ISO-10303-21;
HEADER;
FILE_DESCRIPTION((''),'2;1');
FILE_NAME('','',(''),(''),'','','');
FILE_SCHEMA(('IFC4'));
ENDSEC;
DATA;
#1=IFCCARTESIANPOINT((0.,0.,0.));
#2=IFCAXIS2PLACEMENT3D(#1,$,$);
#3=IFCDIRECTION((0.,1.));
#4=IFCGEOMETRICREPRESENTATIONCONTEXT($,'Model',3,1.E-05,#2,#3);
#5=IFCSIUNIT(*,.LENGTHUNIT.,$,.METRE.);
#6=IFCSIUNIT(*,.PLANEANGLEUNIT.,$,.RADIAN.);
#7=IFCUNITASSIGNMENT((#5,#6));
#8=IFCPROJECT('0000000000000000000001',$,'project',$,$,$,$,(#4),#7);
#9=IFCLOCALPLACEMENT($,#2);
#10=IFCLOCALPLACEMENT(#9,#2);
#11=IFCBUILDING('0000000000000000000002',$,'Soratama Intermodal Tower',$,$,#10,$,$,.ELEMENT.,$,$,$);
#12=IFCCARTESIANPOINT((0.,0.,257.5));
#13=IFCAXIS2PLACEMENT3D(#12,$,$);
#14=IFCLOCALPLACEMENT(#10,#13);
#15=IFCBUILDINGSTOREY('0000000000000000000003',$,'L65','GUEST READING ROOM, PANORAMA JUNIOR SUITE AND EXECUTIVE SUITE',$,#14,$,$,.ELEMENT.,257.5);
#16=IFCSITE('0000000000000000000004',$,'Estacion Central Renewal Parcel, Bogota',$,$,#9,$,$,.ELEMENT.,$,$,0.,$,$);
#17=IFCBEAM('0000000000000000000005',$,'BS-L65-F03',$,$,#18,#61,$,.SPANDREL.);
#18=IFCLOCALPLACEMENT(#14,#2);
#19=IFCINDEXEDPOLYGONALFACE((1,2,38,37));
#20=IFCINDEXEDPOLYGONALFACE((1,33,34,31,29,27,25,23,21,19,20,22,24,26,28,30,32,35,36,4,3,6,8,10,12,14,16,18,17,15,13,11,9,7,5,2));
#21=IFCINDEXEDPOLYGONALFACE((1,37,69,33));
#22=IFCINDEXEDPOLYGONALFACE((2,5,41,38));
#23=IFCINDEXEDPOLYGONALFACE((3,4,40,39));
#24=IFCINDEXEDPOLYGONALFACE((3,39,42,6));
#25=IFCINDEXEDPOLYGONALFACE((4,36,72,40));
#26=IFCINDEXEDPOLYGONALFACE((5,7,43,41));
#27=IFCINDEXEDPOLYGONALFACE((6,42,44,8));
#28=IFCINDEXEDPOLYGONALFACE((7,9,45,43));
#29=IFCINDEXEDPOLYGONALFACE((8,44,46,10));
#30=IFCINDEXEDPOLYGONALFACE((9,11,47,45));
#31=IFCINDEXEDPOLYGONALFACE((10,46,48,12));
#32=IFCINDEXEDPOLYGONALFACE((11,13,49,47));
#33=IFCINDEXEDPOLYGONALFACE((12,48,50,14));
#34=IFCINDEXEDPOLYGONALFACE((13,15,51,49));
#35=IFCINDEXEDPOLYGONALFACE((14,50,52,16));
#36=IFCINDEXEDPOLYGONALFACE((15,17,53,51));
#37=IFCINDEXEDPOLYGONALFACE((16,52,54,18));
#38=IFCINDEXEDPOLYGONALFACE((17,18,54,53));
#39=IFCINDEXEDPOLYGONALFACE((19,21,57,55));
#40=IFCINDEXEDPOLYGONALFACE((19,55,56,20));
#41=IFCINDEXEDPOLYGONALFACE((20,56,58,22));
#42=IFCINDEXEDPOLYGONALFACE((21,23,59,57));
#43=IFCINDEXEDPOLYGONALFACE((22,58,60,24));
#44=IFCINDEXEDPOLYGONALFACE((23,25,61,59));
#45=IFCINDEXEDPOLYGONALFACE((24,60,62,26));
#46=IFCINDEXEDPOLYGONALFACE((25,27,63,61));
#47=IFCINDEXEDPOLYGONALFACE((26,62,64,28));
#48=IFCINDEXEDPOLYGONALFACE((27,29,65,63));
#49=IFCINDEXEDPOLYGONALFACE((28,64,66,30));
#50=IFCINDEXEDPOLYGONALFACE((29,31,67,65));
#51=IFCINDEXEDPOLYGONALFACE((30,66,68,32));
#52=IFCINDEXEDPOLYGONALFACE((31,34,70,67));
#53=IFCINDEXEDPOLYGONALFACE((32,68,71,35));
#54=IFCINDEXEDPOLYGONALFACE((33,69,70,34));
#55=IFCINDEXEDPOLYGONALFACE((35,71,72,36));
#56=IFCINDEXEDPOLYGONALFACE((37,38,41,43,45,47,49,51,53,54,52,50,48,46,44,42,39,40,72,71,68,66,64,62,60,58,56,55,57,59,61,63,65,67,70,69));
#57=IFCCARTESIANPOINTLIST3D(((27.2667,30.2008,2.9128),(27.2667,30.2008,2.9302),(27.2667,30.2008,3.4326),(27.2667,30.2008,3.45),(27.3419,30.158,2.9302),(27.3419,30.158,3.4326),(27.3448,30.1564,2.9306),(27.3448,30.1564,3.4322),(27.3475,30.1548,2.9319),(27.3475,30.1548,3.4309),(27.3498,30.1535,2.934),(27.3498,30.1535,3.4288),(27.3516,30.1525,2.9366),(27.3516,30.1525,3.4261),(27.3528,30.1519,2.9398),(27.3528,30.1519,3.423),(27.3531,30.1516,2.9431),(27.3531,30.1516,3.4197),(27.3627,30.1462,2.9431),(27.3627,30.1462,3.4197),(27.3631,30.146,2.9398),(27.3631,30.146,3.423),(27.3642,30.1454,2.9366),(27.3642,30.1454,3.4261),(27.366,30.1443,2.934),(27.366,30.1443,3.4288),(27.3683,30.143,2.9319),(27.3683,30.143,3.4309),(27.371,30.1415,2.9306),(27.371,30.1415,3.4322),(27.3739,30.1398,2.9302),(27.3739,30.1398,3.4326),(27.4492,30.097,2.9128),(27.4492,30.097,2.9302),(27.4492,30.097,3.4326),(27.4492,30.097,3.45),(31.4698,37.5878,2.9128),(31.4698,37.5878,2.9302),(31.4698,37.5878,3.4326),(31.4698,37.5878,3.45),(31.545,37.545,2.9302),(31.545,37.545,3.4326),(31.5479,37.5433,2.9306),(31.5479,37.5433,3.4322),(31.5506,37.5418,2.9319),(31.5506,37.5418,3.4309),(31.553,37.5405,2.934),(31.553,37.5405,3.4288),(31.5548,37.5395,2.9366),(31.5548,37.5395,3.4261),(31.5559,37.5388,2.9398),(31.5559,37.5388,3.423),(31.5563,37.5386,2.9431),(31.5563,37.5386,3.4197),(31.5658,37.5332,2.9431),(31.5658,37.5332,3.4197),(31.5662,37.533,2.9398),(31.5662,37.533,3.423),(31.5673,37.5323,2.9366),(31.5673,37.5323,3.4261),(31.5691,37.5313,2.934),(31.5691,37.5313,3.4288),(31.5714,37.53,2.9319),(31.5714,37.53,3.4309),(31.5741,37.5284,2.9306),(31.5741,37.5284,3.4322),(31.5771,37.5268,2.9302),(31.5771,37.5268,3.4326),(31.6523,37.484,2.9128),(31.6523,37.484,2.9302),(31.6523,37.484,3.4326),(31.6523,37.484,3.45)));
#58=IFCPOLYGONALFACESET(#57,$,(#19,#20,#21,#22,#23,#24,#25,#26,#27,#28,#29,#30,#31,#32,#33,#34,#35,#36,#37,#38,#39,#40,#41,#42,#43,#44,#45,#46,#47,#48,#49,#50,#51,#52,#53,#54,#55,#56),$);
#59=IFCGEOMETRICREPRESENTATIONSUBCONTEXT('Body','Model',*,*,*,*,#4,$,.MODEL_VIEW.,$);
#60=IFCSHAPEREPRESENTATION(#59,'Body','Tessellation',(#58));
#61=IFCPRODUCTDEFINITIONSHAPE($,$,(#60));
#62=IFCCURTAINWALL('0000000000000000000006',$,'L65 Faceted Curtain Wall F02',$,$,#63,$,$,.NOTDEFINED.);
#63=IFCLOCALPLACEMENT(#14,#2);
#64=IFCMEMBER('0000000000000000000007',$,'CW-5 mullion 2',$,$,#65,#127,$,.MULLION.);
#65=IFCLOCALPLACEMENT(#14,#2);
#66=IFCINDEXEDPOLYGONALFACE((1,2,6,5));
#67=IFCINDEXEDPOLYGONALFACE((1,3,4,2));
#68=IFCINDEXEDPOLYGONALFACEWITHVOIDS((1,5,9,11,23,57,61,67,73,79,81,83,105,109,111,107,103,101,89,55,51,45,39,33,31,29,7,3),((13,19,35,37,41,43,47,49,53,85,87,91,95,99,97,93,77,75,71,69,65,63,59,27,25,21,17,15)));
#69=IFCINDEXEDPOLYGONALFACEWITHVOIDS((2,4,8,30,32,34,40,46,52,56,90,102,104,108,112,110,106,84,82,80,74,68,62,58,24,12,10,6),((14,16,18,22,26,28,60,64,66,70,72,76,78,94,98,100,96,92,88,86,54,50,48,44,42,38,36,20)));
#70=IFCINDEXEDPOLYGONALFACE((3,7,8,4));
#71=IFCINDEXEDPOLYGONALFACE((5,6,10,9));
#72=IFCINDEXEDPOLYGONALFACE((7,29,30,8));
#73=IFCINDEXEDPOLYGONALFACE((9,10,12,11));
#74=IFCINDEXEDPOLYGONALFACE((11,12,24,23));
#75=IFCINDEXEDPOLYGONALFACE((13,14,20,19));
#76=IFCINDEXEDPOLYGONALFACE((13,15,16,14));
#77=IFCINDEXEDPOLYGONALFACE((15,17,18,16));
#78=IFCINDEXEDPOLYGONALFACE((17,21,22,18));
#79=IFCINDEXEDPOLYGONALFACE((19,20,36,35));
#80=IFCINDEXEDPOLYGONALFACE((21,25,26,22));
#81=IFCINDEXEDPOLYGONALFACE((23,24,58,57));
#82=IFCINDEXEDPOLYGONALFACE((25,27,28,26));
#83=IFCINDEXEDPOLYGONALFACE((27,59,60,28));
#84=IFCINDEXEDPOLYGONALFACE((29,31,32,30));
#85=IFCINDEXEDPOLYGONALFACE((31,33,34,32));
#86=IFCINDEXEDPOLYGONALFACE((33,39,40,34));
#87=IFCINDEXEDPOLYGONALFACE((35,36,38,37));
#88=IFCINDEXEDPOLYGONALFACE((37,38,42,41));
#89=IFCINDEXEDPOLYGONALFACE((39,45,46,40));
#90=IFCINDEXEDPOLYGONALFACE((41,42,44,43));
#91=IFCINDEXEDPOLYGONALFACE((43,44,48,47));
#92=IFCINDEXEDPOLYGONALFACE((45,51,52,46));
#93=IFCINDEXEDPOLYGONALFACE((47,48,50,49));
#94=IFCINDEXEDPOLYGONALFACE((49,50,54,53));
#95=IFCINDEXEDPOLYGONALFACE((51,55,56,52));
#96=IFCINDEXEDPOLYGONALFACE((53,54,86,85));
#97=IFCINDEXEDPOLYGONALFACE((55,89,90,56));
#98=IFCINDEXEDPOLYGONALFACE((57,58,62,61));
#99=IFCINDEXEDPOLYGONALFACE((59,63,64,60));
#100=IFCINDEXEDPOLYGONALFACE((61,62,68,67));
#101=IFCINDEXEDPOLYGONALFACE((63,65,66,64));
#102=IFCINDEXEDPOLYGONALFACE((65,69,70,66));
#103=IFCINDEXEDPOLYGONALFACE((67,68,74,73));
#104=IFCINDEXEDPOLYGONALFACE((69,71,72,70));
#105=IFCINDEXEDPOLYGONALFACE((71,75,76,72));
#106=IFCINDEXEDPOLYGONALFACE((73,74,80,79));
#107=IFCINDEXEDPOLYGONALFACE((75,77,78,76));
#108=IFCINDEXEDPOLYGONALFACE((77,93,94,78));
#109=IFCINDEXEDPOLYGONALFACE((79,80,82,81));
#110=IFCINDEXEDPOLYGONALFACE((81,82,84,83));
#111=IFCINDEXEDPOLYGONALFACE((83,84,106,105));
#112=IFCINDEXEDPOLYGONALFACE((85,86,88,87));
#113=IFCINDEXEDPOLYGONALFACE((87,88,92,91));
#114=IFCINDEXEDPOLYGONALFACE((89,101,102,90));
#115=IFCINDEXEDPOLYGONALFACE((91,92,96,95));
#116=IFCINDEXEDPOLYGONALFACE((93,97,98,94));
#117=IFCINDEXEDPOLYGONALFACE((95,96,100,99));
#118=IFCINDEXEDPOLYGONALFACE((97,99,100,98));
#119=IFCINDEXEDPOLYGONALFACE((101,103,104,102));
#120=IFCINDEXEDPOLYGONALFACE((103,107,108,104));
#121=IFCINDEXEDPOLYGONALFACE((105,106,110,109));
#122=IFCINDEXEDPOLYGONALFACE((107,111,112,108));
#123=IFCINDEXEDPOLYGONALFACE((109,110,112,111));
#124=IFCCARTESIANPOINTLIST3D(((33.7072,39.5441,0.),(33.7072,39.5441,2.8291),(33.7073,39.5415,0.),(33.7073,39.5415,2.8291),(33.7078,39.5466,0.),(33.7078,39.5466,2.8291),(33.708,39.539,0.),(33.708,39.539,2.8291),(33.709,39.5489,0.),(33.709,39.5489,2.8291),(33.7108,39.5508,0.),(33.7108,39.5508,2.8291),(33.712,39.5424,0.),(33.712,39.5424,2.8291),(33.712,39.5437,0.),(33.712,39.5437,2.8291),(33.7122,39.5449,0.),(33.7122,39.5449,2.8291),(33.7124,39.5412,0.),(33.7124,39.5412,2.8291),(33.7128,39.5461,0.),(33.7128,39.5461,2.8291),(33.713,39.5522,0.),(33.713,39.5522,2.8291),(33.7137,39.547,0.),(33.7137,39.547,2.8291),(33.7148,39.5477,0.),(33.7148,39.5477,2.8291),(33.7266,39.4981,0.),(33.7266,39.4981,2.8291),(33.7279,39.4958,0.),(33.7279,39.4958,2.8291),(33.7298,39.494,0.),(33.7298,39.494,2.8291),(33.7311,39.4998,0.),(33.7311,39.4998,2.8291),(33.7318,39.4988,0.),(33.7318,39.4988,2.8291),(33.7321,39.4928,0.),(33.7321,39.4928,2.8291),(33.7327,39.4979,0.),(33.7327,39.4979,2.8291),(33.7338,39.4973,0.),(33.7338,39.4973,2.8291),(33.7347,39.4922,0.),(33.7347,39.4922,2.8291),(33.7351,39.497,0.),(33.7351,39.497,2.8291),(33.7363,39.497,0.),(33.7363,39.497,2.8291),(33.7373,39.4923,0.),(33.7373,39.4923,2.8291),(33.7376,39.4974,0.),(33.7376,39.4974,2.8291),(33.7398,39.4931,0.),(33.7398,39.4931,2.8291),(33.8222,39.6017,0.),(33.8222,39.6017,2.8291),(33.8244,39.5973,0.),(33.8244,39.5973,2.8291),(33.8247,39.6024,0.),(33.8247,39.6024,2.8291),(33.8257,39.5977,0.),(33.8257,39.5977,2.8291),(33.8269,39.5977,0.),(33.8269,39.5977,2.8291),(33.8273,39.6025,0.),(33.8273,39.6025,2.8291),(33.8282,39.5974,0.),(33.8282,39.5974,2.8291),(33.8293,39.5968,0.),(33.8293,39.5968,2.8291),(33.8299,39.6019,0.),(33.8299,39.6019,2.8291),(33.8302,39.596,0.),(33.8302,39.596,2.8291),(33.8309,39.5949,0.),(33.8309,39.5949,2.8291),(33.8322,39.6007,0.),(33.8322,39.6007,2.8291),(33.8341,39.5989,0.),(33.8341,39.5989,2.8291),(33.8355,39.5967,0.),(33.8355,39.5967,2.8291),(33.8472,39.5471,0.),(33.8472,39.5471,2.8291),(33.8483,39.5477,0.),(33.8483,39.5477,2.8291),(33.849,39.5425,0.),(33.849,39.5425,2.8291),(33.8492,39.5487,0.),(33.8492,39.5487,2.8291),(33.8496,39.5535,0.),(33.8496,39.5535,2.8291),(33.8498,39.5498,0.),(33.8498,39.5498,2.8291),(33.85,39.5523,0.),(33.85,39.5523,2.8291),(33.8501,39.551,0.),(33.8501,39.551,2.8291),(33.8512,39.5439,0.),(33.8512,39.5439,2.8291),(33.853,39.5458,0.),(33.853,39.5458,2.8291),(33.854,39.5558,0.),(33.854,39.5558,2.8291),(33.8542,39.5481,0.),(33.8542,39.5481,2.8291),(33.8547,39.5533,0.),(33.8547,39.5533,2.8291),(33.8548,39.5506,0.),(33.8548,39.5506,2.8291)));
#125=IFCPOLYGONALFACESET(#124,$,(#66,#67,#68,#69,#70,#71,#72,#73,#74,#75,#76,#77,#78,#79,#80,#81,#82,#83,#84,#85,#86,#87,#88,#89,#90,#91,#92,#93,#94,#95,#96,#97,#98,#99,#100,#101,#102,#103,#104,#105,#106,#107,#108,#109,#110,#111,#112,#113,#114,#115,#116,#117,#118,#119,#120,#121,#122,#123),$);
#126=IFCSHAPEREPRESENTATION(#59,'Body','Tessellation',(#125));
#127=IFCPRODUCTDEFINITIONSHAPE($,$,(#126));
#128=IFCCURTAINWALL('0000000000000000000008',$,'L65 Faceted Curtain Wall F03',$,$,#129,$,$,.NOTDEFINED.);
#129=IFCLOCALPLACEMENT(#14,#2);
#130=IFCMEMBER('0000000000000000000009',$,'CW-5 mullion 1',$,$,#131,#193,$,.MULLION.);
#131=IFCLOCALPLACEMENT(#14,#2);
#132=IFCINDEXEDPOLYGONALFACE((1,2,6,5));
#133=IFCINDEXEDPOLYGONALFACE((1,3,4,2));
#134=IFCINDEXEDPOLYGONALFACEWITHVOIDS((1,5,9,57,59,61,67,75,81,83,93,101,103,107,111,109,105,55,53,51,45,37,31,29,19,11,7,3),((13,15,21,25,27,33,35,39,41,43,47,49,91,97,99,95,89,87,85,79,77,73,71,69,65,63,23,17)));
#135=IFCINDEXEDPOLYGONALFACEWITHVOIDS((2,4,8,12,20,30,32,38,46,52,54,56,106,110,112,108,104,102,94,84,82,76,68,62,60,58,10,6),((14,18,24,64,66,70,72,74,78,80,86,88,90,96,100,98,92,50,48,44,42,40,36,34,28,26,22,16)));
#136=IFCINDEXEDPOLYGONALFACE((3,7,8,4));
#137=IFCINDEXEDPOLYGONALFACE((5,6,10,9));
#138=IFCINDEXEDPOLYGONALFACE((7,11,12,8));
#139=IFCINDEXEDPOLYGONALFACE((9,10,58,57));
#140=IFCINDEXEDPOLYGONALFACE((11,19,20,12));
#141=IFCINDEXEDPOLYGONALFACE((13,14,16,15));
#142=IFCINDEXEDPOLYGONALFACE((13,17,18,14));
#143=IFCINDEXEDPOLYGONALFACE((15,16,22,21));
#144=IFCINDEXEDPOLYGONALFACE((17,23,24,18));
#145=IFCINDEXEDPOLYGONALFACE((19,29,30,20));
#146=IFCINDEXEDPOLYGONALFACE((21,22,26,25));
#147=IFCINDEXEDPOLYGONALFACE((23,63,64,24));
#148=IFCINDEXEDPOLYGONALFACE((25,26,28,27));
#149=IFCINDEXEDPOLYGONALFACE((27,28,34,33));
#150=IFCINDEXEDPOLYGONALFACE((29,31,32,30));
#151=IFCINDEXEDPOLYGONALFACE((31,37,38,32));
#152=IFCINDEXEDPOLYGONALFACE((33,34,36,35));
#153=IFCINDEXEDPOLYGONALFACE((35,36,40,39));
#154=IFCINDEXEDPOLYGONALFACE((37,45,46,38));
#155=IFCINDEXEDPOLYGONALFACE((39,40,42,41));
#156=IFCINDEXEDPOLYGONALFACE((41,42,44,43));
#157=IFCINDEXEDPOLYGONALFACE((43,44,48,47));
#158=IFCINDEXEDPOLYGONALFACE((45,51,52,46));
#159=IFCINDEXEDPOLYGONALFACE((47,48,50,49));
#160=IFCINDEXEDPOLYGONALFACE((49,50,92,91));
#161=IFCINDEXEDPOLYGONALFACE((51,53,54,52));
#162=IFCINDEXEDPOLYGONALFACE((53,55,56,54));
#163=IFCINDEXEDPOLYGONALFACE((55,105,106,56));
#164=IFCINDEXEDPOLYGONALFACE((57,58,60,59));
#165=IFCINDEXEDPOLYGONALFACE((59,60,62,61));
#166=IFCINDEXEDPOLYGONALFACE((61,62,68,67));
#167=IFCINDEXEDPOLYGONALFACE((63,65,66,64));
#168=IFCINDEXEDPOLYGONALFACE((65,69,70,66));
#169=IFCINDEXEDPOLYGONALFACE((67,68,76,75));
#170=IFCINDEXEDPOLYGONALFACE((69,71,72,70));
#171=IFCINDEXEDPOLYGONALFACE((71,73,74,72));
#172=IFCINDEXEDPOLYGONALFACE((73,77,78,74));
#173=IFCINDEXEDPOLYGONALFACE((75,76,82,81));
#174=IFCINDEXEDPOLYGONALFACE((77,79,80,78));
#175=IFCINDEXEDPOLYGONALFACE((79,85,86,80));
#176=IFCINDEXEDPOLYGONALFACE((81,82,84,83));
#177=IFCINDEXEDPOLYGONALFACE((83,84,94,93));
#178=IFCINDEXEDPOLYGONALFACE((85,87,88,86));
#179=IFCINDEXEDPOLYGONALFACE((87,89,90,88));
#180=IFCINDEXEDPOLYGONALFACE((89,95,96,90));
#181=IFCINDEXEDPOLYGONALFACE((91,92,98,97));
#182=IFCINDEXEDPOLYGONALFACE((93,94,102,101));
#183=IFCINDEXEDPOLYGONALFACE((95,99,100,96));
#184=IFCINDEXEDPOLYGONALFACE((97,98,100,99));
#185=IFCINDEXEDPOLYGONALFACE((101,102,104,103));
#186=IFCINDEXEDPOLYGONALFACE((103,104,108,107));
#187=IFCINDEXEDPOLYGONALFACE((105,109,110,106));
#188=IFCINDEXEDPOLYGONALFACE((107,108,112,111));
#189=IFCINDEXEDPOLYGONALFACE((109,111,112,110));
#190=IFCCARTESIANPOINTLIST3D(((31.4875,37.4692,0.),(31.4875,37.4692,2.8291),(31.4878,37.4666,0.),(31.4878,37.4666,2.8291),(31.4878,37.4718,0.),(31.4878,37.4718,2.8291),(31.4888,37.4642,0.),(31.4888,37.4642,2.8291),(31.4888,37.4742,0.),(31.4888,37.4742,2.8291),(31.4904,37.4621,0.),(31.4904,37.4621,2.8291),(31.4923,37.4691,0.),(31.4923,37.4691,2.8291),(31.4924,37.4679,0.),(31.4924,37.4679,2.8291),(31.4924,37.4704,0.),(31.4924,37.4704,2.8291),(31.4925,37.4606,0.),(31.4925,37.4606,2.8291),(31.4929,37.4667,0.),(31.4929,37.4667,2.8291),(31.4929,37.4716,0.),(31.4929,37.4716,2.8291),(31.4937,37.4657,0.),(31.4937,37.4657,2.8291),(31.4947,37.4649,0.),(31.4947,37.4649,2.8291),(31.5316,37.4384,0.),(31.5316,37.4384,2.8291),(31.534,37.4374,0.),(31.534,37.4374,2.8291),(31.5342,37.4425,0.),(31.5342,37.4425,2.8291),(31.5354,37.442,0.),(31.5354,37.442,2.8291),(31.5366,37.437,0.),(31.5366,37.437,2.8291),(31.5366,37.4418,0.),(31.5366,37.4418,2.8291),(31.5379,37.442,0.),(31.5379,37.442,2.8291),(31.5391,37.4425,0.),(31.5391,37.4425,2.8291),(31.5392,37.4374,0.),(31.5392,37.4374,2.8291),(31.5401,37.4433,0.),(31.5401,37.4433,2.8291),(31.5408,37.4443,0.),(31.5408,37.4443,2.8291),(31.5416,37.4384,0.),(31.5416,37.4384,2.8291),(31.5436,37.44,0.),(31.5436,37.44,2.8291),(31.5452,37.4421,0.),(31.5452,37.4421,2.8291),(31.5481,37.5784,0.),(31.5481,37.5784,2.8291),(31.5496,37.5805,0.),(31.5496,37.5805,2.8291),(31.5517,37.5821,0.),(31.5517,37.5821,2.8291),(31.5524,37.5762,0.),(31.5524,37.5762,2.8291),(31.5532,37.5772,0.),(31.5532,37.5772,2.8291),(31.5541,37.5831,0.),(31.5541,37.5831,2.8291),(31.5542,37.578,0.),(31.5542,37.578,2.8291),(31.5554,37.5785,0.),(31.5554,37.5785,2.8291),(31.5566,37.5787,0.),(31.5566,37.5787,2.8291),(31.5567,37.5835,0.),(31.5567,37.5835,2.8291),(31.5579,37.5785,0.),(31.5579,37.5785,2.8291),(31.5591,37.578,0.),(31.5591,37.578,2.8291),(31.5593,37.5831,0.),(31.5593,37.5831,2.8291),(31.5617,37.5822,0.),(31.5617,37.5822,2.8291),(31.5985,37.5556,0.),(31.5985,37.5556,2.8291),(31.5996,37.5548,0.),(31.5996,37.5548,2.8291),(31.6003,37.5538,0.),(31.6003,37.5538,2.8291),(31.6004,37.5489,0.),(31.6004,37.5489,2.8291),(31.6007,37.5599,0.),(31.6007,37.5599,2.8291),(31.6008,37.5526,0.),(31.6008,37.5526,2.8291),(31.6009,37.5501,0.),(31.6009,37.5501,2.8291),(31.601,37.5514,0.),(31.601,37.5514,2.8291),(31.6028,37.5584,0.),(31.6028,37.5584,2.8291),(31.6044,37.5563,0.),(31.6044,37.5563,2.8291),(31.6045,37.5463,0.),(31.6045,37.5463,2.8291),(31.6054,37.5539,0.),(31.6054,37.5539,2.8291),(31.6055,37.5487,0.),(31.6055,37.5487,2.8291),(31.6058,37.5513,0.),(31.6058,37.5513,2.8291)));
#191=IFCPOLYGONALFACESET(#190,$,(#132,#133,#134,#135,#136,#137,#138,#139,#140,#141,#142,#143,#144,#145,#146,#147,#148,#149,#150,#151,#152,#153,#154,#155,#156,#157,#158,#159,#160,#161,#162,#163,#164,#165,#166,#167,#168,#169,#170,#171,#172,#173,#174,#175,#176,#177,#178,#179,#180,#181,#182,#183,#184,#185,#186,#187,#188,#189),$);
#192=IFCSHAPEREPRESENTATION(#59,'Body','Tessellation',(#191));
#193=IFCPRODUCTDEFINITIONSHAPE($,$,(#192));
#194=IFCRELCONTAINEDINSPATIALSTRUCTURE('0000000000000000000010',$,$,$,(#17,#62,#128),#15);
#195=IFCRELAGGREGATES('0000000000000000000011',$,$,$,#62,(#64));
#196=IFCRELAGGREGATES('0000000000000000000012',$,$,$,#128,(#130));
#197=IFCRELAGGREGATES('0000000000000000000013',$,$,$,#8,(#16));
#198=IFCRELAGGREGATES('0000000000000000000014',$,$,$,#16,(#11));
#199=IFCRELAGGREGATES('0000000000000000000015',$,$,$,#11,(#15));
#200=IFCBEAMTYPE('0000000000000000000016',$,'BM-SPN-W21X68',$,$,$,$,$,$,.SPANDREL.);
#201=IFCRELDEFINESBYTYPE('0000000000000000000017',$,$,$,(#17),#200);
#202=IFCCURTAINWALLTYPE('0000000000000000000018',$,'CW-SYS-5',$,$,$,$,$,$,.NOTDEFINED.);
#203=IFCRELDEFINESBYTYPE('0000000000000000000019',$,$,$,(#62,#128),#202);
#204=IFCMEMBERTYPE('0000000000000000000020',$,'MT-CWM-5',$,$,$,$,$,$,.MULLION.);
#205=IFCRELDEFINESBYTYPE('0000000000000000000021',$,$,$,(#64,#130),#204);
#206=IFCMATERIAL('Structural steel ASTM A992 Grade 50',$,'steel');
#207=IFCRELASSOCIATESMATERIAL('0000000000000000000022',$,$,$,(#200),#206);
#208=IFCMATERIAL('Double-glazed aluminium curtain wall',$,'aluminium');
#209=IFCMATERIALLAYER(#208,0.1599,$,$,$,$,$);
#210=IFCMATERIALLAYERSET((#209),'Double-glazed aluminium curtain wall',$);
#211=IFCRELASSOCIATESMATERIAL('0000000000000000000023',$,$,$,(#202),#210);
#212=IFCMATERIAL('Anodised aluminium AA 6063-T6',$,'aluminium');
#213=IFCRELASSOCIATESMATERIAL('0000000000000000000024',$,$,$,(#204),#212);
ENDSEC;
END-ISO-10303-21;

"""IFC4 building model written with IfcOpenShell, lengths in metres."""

from ifc_helpers import new_model, si_unit, direction, frame, origin, origin_2d, place, context, subcontext, project, spatial, hollow_rectangle, i_section, extrude, material, layer, layer_set, material_profile, profile_set, type_object, element, aggregate, save


model = new_model("IFC4")

# Units and contexts
model_context = context("Model", 3, precision=1e-05, world=origin(), true_north=direction((0.0, 1.0)))
body_context = subcontext(model_context, "Body", "Model", "MODEL_VIEW")
ifc_project = project(units=[si_unit("LENGTHUNIT", "METRE"), si_unit("PLANEANGLEUNIT", "RADIAN")], contexts=[model_context])

# Site, building, storey
site_placement = place(None, origin())
site = spatial("IfcSite", under=ifc_project, at=site_placement, Name="Estacion Central Renewal Parcel, Bogota", CompositionType="ELEMENT", RefElevation=0.0)
building_placement = place(site_placement, origin())
building = spatial("IfcBuilding", under=site, at=building_placement, Name="Soratama Intermodal Tower", CompositionType="ELEMENT")
storey_placement = place(building_placement, frame((0.0, 0.0, 257.5)))
storey = spatial("IfcBuildingStorey", under=building, at=storey_placement, Name="L65", Description="GUEST READING ROOM, PANORAMA JUNIOR SUITE AND EXECUTIVE SUITE", CompositionType="ELEMENT", Elevation=257.5)

# Beam
ifc_material_1 = material(Name="Structural steel ASTM A992 Grade 50", Category="steel")
ifc_material_profile_1 = material_profile(ifc_material_1, i_section(OverallWidth=0.21, OverallDepth=0.5371, WebThickness=0.011, FlangeThickness=0.0173, FilletRadius=0.0129, at=origin_2d()), Name="W21X68")
ifc_profile_set_1 = profile_set([ifc_material_profile_1], Name="Structural steel ASTM A992 Grade 50")
beam_type_1 = type_object("IfcBeamType", Name="BM-SPN-W21X68", PredefinedType="SPANDREL", material=ifc_profile_set_1)
beam_1_placement = place(storey_placement, frame((31.561, 37.5359, 3.1814), z_axis=(-0.494542, -0.869154, 0.0), x_axis=(0.869154, -0.494542, 0.0)))
element("IfcBeam", 1, at=beam_1_placement, inside=storey, type_object=beam_type_1, Name="BS-L65-F03", PredefinedType="SPANDREL", context=body_context, shape_type="SweptSolid", body=[
    extrude(i_section(OverallWidth=0.21, OverallDepth=0.5371, WebThickness=0.011, FlangeThickness=0.0173, FilletRadius=0.0129, at=origin_2d()), origin(), (0.0, 0.0, 1.0), 8.499),
])

# Curtain wall, member
ifc_material_2 = material(Name="Double-glazed aluminium curtain wall", Category="aluminium")
ifc_layer_1 = layer(ifc_material_2, 0.1599)
ifc_layer_set_1 = layer_set([ifc_layer_1], Name="Double-glazed aluminium curtain wall")
curtain_wall_type = type_object("IfcCurtainWallType", Name="CW-SYS-5", PredefinedType="NOTDEFINED", material=ifc_layer_set_1)
curtain_wall_1_placement = place(storey_placement, origin())
curtain_wall_1 = element("IfcCurtainWall", 2, at=curtain_wall_1_placement, inside=storey, type_object=curtain_wall_type, Name="L65 Faceted Curtain Wall F02", PredefinedType="NOTDEFINED")
ifc_material_3 = material(Name="Anodised aluminium AA 6063-T6", Category="aluminium")
ifc_material_profile_2 = material_profile(ifc_material_3, hollow_rectangle(XDim=0.0649, YDim=0.1399, WallThickness=0.0049, InnerFilletRadius=0.0049, OuterFilletRadius=0.01, at=origin_2d()), Name="CWM140X65X5")
ifc_profile_set_2 = profile_set([ifc_material_profile_2], Name="Anodised aluminium AA 6063-T6")
member_type_1 = type_object("IfcMemberType", Name="MT-CWM-5", PredefinedType="MULLION", material=ifc_profile_set_2)
member_1_placement = place(storey_placement, frame((33.781, 39.5474, 0.0), z_axis=(0.0, 0.0, 1.0), x_axis=(0.412468, -0.910972, 0.0)))
member_1 = element("IfcMember", 3, at=member_1_placement, type_object=member_type_1, Name="CW-5 mullion 2", PredefinedType="MULLION", context=body_context, shape_type="SweptSolid", body=[
    extrude(hollow_rectangle(XDim=0.0649, YDim=0.1399, WallThickness=0.0049, InnerFilletRadius=0.0049, OuterFilletRadius=0.01, at=origin_2d()), origin(), (0.0, 0.0, 1.0), 2.8291),
])
aggregate(curtain_wall_1, [member_1])

# Curtain wall, member
curtain_wall_2_placement = place(storey_placement, origin())
curtain_wall_2 = element("IfcCurtainWall", 4, at=curtain_wall_2_placement, inside=storey, type_object=curtain_wall_type, Name="L65 Faceted Curtain Wall F03", PredefinedType="NOTDEFINED")
member_2_placement = place(storey_placement, frame((31.5466, 37.5103, 0.0), z_axis=(0.0, 0.0, 1.0), x_axis=(0.869148, -0.494552, 0.0)))
member_2 = element("IfcMember", 5, at=member_2_placement, type_object=member_type_1, Name="CW-5 mullion 1", PredefinedType="MULLION", context=body_context, shape_type="SweptSolid", body=[
    extrude(hollow_rectangle(XDim=0.0649, YDim=0.1399, WallThickness=0.0049, InnerFilletRadius=0.0049, OuterFilletRadius=0.01, at=origin_2d()), origin(), (0.0, 0.0, 1.0), 2.8291),
])
aggregate(curtain_wall_2, [member_2])

save(model, "model.ifc")
